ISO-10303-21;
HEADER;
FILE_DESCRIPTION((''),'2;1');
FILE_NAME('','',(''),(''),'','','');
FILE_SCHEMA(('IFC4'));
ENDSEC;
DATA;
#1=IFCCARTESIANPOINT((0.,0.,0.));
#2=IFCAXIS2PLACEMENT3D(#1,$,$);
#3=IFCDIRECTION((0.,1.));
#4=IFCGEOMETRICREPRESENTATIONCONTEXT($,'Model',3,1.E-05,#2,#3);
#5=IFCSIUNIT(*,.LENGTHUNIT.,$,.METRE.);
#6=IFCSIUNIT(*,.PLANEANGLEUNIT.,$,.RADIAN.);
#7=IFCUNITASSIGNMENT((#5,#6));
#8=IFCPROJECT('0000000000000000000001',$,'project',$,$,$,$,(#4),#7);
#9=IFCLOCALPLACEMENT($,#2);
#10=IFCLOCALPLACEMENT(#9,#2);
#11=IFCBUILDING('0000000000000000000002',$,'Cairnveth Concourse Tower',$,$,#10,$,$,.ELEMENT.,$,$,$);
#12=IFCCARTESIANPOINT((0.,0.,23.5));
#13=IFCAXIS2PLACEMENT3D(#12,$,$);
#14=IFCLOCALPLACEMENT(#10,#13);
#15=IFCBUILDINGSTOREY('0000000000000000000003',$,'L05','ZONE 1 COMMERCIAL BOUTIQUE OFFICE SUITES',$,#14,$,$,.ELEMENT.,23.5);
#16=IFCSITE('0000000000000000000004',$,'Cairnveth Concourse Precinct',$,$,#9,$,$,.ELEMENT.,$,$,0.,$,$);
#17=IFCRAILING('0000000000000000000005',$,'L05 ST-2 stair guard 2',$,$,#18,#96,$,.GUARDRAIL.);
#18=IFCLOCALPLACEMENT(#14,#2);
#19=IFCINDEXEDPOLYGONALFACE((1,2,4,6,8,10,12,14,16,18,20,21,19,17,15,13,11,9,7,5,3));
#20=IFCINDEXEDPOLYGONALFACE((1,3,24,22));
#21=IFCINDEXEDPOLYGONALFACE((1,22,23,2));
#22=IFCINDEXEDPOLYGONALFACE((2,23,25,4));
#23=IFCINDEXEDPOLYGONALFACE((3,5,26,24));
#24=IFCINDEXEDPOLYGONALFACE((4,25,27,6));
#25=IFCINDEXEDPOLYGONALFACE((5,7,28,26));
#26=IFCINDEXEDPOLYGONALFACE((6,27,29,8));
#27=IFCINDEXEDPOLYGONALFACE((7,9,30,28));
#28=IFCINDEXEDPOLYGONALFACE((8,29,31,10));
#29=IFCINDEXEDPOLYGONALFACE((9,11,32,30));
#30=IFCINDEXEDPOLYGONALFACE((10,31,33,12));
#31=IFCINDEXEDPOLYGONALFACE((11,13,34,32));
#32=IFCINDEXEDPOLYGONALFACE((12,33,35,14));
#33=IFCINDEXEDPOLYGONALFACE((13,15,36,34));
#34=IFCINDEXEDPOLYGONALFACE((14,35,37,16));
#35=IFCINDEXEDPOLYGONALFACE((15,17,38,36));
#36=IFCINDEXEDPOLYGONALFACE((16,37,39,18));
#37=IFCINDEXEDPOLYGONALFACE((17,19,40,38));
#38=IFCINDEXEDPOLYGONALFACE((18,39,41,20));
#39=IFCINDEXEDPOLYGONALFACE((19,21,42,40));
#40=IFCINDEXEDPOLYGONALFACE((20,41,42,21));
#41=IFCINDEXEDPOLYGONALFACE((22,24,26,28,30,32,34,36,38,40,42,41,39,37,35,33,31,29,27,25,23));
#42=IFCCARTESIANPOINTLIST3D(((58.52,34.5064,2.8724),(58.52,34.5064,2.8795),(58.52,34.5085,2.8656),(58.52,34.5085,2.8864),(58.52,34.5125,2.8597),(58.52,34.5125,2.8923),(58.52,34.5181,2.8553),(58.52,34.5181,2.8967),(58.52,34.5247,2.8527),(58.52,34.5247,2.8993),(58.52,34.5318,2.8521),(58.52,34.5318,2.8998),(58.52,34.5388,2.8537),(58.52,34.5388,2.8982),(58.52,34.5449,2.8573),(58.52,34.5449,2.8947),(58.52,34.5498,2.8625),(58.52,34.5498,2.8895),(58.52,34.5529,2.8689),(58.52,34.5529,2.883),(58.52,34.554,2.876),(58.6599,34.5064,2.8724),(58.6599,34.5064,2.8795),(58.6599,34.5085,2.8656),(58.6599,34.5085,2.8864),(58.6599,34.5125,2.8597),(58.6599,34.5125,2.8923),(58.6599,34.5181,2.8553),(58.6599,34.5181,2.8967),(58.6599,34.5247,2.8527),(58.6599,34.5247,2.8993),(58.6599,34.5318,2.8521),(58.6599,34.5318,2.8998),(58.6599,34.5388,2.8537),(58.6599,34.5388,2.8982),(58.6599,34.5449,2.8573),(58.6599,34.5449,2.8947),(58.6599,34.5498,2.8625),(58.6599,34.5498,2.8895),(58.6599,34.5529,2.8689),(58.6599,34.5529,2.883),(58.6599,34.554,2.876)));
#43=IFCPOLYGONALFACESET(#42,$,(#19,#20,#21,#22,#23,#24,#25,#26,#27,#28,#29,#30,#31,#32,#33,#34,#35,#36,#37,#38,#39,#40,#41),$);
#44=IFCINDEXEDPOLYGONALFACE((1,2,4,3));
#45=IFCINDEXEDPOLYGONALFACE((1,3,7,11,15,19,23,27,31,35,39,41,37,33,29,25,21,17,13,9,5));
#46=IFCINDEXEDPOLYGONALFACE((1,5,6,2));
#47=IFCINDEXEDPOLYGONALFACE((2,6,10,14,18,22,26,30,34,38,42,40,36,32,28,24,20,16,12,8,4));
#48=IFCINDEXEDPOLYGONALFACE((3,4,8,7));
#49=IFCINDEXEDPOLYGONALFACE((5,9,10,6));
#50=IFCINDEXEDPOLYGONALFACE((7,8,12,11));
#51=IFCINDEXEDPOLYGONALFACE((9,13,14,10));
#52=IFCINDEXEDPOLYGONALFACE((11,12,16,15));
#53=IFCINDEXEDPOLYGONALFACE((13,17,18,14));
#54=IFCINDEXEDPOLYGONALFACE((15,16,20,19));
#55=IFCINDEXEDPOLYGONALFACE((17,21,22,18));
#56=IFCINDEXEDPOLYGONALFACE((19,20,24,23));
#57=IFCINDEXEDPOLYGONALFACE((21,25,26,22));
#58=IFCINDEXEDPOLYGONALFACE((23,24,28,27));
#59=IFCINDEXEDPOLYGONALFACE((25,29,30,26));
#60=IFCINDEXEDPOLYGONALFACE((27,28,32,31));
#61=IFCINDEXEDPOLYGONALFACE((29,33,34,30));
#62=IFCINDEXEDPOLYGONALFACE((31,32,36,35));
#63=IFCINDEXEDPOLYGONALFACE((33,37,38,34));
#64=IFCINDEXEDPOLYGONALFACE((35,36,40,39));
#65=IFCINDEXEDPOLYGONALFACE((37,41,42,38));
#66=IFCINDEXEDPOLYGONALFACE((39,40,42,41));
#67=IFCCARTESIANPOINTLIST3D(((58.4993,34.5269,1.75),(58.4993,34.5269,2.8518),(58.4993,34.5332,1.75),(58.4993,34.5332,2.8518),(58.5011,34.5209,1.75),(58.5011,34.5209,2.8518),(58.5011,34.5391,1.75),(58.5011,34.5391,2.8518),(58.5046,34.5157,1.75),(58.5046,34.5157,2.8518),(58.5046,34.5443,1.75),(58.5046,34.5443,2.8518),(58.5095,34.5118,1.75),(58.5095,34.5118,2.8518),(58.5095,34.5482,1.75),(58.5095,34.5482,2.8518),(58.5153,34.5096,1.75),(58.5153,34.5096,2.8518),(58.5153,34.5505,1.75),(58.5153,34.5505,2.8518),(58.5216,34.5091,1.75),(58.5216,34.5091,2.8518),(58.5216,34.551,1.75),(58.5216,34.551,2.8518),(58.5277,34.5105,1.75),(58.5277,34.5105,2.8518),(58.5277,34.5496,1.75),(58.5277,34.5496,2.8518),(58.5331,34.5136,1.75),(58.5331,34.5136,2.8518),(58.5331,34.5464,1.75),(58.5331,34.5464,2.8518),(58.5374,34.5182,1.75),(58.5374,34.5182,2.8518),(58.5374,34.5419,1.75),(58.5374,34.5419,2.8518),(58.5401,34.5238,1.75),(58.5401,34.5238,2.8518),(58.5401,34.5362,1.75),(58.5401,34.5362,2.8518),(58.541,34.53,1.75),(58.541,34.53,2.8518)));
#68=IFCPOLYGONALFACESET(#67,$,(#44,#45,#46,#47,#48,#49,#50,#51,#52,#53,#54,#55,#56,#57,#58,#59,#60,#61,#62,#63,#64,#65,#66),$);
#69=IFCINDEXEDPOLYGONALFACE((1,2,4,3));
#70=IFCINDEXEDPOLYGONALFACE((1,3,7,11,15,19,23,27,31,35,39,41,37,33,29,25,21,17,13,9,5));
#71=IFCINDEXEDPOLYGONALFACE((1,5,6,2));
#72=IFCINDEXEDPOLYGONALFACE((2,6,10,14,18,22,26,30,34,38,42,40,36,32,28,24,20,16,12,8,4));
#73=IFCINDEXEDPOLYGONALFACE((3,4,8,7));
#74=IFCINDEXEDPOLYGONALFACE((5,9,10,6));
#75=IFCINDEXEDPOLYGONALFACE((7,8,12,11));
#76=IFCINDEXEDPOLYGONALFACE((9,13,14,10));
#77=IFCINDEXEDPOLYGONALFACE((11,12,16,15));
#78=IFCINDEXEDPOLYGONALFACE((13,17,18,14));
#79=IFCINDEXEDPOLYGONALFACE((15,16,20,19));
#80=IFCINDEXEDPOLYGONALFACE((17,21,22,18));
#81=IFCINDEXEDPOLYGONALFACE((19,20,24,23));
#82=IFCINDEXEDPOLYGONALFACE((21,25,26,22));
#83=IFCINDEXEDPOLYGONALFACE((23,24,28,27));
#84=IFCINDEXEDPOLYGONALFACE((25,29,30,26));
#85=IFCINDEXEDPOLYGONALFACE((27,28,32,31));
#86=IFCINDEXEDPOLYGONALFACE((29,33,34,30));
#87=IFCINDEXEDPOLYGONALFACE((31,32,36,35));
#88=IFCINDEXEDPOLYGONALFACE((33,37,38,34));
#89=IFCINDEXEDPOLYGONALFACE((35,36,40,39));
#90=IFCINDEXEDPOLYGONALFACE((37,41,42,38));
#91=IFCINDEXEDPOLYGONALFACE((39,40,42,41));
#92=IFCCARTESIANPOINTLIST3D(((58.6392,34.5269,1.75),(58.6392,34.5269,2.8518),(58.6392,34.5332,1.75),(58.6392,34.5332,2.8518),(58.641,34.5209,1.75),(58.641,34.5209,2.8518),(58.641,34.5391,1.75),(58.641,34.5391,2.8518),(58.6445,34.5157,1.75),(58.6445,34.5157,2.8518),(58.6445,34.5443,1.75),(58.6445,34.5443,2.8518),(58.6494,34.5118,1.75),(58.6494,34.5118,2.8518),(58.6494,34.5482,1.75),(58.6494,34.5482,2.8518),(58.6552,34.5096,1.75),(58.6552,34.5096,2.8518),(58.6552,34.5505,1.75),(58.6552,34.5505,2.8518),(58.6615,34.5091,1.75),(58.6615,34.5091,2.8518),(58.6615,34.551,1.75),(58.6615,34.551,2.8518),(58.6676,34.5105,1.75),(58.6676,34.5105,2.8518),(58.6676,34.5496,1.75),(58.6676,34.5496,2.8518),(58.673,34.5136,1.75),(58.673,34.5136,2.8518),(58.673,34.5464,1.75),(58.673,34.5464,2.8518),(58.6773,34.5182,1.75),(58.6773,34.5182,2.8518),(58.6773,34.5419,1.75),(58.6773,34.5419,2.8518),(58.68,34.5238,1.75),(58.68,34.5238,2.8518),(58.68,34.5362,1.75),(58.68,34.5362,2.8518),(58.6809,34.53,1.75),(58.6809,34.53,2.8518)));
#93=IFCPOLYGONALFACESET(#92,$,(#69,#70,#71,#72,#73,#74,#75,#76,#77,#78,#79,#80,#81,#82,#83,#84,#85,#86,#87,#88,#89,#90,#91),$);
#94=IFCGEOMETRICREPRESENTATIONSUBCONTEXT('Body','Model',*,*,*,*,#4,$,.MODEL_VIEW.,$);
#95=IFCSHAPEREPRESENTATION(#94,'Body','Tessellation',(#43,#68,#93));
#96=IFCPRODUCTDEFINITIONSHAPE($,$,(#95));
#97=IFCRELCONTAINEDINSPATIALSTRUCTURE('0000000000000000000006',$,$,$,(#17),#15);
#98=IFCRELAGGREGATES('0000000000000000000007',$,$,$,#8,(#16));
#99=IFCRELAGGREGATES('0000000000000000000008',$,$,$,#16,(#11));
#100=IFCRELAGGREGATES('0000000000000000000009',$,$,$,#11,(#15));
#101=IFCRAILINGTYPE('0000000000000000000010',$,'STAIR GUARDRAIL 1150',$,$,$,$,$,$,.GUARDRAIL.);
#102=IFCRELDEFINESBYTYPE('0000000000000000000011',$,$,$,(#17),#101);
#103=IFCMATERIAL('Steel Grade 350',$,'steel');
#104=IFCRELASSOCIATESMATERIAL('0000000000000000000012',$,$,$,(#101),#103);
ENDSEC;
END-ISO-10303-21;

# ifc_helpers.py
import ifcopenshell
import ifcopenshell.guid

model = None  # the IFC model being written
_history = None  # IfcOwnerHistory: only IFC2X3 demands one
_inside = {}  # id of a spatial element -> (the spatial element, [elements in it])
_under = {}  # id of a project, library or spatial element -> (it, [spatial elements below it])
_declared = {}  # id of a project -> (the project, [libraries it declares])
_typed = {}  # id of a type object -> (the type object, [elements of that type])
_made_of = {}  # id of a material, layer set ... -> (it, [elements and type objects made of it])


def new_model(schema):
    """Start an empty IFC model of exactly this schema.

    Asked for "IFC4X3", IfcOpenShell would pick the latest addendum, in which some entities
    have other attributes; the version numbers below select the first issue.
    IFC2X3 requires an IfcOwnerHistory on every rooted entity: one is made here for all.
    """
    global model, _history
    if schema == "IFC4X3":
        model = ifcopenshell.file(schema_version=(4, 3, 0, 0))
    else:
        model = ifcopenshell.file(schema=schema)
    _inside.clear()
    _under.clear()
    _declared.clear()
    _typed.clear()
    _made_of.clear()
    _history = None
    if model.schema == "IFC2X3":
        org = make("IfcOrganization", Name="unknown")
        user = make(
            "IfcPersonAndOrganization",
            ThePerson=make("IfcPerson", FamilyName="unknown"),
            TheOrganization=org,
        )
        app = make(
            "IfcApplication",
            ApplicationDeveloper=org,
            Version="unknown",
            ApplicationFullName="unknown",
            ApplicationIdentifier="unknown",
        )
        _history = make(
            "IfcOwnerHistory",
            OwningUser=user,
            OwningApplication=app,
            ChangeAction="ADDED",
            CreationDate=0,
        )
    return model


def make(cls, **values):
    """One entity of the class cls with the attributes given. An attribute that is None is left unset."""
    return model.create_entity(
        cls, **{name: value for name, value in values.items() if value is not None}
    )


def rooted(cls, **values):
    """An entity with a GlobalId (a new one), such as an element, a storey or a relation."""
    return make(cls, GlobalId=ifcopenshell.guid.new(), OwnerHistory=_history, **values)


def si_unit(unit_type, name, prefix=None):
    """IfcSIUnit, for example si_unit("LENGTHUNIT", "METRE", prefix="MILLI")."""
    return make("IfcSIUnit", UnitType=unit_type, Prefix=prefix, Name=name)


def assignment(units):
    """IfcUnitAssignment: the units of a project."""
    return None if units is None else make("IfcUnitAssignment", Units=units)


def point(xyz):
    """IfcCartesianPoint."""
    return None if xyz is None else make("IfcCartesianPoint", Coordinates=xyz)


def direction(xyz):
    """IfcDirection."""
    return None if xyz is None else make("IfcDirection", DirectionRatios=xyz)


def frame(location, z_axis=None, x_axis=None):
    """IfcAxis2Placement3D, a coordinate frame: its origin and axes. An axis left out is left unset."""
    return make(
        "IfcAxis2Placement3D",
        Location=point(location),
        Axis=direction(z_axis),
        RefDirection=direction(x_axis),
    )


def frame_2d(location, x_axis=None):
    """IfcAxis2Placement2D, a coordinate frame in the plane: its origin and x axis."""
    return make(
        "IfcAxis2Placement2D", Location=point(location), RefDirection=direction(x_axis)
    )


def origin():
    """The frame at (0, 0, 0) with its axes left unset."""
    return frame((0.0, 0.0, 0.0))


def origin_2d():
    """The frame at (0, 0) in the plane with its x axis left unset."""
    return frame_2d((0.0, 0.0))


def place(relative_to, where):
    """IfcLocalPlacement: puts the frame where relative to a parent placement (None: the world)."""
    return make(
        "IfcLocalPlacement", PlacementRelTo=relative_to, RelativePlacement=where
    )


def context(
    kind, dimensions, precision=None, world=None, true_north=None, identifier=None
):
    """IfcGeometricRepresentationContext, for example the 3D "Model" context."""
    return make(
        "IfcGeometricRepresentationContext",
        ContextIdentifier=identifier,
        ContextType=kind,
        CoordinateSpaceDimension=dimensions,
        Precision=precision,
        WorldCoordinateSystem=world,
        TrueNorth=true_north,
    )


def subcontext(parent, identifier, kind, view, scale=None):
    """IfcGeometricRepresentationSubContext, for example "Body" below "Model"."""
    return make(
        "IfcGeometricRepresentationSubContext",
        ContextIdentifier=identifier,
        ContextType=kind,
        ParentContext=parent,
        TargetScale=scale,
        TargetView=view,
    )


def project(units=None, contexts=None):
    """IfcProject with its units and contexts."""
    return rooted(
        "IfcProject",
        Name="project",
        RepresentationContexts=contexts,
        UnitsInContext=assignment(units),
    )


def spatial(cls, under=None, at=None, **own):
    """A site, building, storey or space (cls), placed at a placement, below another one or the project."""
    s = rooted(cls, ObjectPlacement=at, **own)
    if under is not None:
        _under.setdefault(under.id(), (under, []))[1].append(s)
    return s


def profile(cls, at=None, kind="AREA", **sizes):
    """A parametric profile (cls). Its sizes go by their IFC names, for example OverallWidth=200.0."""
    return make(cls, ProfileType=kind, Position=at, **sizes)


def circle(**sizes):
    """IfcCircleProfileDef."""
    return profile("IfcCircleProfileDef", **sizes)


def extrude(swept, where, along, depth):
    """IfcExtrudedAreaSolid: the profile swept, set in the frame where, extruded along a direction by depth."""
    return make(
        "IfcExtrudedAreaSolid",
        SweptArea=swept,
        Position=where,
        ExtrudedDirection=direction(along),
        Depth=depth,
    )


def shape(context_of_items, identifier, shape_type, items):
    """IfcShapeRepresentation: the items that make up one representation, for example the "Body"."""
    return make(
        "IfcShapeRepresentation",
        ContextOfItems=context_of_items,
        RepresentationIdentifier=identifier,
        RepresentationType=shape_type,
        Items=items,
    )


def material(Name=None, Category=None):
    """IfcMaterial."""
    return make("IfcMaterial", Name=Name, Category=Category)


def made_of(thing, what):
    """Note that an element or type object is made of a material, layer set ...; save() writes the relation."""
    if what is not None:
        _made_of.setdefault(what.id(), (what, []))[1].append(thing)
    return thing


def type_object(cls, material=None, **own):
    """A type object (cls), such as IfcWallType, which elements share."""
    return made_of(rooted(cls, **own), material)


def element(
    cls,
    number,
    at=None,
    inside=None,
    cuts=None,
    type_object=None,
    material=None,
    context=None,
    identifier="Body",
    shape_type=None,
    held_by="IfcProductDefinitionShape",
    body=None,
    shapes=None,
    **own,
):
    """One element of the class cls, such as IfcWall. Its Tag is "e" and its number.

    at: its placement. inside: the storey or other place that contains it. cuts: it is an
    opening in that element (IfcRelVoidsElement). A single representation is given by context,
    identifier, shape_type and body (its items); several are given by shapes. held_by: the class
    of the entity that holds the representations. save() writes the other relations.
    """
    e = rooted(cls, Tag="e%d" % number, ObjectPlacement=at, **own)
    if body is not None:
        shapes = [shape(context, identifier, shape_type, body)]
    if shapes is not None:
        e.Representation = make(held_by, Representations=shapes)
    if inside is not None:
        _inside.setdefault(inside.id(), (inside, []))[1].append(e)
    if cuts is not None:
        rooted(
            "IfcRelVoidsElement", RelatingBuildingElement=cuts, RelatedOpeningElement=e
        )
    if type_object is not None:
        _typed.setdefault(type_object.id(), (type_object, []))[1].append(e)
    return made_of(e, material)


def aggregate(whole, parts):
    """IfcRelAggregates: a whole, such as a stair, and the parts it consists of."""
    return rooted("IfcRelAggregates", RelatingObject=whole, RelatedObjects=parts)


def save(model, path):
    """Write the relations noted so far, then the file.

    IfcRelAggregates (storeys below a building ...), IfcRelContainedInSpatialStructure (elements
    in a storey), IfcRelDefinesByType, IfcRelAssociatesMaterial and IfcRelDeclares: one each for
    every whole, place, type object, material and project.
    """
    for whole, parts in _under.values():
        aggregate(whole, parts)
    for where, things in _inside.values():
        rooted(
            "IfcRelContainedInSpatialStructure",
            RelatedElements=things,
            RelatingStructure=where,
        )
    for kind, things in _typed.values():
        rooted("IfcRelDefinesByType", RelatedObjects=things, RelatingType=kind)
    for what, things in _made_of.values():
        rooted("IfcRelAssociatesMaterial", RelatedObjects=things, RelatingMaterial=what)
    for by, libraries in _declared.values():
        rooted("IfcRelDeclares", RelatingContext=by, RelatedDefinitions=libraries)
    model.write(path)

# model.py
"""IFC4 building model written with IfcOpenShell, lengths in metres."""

from ifc_helpers import new_model, si_unit, direction, frame, origin, origin_2d, place, context, subcontext, project, spatial, circle, extrude, material, type_object, element, save


model = new_model("IFC4")

# Units and contexts
model_context = context("Model", 3, precision=1e-05, world=origin(), true_north=direction((0.0, 1.0)))
body_context = subcontext(model_context, "Body", "Model", "MODEL_VIEW")
ifc_project = project(units=[si_unit("LENGTHUNIT", "METRE"), si_unit("PLANEANGLEUNIT", "RADIAN")], contexts=[model_context])

# Site, building, storey
site_placement = place(None, origin())
site = spatial("IfcSite", under=ifc_project, at=site_placement, Name="Cairnveth Concourse Precinct", CompositionType="ELEMENT", RefElevation=0.0)
building_placement = place(site_placement, origin())
building = spatial("IfcBuilding", under=site, at=building_placement, Name="Cairnveth Concourse Tower", CompositionType="ELEMENT")
storey_placement = place(building_placement, frame((0.0, 0.0, 23.5)))
storey = spatial("IfcBuildingStorey", under=building, at=storey_placement, Name="L05", Description="ZONE 1 COMMERCIAL BOUTIQUE OFFICE SUITES", CompositionType="ELEMENT", Elevation=23.5)

# Shared definitions
ifc_material_1 = material(Name="Steel Grade 350", Category="steel")

# Railing
railing_type_1 = type_object("IfcRailingType", Name="STAIR GUARDRAIL 1150", PredefinedType="GUARDRAIL", material=ifc_material_1)
railing_1_placement = place(storey_placement, frame((58.52, 34.53, 1.75)))
element("IfcRailing", 1, at=railing_1_placement, inside=storey, type_object=railing_type_1, Name="L05 ST-2 stair guard 2", PredefinedType="GUARDRAIL", context=body_context, shape_type="SweptSolid", body=[
    extrude(circle(Radius=0.0239, at=origin_2d()), frame((0.0, 0.0, 1.126), z_axis=(1.0, 0.0, 0.0), x_axis=(0.0, 1.0, 0.0)), (0.0, 0.0, 1.0), 0.1399),
    extrude(circle(Radius=0.021, at=origin_2d()), origin(), (0.0, 0.0, 1.0), 1.1018),
    extrude(circle(Radius=0.021, at=origin_2d()), frame((0.1399, 0.0, 0.0)), (0.0, 0.0, 1.0), 1.1018),
])

save(model, "model.ifc")
